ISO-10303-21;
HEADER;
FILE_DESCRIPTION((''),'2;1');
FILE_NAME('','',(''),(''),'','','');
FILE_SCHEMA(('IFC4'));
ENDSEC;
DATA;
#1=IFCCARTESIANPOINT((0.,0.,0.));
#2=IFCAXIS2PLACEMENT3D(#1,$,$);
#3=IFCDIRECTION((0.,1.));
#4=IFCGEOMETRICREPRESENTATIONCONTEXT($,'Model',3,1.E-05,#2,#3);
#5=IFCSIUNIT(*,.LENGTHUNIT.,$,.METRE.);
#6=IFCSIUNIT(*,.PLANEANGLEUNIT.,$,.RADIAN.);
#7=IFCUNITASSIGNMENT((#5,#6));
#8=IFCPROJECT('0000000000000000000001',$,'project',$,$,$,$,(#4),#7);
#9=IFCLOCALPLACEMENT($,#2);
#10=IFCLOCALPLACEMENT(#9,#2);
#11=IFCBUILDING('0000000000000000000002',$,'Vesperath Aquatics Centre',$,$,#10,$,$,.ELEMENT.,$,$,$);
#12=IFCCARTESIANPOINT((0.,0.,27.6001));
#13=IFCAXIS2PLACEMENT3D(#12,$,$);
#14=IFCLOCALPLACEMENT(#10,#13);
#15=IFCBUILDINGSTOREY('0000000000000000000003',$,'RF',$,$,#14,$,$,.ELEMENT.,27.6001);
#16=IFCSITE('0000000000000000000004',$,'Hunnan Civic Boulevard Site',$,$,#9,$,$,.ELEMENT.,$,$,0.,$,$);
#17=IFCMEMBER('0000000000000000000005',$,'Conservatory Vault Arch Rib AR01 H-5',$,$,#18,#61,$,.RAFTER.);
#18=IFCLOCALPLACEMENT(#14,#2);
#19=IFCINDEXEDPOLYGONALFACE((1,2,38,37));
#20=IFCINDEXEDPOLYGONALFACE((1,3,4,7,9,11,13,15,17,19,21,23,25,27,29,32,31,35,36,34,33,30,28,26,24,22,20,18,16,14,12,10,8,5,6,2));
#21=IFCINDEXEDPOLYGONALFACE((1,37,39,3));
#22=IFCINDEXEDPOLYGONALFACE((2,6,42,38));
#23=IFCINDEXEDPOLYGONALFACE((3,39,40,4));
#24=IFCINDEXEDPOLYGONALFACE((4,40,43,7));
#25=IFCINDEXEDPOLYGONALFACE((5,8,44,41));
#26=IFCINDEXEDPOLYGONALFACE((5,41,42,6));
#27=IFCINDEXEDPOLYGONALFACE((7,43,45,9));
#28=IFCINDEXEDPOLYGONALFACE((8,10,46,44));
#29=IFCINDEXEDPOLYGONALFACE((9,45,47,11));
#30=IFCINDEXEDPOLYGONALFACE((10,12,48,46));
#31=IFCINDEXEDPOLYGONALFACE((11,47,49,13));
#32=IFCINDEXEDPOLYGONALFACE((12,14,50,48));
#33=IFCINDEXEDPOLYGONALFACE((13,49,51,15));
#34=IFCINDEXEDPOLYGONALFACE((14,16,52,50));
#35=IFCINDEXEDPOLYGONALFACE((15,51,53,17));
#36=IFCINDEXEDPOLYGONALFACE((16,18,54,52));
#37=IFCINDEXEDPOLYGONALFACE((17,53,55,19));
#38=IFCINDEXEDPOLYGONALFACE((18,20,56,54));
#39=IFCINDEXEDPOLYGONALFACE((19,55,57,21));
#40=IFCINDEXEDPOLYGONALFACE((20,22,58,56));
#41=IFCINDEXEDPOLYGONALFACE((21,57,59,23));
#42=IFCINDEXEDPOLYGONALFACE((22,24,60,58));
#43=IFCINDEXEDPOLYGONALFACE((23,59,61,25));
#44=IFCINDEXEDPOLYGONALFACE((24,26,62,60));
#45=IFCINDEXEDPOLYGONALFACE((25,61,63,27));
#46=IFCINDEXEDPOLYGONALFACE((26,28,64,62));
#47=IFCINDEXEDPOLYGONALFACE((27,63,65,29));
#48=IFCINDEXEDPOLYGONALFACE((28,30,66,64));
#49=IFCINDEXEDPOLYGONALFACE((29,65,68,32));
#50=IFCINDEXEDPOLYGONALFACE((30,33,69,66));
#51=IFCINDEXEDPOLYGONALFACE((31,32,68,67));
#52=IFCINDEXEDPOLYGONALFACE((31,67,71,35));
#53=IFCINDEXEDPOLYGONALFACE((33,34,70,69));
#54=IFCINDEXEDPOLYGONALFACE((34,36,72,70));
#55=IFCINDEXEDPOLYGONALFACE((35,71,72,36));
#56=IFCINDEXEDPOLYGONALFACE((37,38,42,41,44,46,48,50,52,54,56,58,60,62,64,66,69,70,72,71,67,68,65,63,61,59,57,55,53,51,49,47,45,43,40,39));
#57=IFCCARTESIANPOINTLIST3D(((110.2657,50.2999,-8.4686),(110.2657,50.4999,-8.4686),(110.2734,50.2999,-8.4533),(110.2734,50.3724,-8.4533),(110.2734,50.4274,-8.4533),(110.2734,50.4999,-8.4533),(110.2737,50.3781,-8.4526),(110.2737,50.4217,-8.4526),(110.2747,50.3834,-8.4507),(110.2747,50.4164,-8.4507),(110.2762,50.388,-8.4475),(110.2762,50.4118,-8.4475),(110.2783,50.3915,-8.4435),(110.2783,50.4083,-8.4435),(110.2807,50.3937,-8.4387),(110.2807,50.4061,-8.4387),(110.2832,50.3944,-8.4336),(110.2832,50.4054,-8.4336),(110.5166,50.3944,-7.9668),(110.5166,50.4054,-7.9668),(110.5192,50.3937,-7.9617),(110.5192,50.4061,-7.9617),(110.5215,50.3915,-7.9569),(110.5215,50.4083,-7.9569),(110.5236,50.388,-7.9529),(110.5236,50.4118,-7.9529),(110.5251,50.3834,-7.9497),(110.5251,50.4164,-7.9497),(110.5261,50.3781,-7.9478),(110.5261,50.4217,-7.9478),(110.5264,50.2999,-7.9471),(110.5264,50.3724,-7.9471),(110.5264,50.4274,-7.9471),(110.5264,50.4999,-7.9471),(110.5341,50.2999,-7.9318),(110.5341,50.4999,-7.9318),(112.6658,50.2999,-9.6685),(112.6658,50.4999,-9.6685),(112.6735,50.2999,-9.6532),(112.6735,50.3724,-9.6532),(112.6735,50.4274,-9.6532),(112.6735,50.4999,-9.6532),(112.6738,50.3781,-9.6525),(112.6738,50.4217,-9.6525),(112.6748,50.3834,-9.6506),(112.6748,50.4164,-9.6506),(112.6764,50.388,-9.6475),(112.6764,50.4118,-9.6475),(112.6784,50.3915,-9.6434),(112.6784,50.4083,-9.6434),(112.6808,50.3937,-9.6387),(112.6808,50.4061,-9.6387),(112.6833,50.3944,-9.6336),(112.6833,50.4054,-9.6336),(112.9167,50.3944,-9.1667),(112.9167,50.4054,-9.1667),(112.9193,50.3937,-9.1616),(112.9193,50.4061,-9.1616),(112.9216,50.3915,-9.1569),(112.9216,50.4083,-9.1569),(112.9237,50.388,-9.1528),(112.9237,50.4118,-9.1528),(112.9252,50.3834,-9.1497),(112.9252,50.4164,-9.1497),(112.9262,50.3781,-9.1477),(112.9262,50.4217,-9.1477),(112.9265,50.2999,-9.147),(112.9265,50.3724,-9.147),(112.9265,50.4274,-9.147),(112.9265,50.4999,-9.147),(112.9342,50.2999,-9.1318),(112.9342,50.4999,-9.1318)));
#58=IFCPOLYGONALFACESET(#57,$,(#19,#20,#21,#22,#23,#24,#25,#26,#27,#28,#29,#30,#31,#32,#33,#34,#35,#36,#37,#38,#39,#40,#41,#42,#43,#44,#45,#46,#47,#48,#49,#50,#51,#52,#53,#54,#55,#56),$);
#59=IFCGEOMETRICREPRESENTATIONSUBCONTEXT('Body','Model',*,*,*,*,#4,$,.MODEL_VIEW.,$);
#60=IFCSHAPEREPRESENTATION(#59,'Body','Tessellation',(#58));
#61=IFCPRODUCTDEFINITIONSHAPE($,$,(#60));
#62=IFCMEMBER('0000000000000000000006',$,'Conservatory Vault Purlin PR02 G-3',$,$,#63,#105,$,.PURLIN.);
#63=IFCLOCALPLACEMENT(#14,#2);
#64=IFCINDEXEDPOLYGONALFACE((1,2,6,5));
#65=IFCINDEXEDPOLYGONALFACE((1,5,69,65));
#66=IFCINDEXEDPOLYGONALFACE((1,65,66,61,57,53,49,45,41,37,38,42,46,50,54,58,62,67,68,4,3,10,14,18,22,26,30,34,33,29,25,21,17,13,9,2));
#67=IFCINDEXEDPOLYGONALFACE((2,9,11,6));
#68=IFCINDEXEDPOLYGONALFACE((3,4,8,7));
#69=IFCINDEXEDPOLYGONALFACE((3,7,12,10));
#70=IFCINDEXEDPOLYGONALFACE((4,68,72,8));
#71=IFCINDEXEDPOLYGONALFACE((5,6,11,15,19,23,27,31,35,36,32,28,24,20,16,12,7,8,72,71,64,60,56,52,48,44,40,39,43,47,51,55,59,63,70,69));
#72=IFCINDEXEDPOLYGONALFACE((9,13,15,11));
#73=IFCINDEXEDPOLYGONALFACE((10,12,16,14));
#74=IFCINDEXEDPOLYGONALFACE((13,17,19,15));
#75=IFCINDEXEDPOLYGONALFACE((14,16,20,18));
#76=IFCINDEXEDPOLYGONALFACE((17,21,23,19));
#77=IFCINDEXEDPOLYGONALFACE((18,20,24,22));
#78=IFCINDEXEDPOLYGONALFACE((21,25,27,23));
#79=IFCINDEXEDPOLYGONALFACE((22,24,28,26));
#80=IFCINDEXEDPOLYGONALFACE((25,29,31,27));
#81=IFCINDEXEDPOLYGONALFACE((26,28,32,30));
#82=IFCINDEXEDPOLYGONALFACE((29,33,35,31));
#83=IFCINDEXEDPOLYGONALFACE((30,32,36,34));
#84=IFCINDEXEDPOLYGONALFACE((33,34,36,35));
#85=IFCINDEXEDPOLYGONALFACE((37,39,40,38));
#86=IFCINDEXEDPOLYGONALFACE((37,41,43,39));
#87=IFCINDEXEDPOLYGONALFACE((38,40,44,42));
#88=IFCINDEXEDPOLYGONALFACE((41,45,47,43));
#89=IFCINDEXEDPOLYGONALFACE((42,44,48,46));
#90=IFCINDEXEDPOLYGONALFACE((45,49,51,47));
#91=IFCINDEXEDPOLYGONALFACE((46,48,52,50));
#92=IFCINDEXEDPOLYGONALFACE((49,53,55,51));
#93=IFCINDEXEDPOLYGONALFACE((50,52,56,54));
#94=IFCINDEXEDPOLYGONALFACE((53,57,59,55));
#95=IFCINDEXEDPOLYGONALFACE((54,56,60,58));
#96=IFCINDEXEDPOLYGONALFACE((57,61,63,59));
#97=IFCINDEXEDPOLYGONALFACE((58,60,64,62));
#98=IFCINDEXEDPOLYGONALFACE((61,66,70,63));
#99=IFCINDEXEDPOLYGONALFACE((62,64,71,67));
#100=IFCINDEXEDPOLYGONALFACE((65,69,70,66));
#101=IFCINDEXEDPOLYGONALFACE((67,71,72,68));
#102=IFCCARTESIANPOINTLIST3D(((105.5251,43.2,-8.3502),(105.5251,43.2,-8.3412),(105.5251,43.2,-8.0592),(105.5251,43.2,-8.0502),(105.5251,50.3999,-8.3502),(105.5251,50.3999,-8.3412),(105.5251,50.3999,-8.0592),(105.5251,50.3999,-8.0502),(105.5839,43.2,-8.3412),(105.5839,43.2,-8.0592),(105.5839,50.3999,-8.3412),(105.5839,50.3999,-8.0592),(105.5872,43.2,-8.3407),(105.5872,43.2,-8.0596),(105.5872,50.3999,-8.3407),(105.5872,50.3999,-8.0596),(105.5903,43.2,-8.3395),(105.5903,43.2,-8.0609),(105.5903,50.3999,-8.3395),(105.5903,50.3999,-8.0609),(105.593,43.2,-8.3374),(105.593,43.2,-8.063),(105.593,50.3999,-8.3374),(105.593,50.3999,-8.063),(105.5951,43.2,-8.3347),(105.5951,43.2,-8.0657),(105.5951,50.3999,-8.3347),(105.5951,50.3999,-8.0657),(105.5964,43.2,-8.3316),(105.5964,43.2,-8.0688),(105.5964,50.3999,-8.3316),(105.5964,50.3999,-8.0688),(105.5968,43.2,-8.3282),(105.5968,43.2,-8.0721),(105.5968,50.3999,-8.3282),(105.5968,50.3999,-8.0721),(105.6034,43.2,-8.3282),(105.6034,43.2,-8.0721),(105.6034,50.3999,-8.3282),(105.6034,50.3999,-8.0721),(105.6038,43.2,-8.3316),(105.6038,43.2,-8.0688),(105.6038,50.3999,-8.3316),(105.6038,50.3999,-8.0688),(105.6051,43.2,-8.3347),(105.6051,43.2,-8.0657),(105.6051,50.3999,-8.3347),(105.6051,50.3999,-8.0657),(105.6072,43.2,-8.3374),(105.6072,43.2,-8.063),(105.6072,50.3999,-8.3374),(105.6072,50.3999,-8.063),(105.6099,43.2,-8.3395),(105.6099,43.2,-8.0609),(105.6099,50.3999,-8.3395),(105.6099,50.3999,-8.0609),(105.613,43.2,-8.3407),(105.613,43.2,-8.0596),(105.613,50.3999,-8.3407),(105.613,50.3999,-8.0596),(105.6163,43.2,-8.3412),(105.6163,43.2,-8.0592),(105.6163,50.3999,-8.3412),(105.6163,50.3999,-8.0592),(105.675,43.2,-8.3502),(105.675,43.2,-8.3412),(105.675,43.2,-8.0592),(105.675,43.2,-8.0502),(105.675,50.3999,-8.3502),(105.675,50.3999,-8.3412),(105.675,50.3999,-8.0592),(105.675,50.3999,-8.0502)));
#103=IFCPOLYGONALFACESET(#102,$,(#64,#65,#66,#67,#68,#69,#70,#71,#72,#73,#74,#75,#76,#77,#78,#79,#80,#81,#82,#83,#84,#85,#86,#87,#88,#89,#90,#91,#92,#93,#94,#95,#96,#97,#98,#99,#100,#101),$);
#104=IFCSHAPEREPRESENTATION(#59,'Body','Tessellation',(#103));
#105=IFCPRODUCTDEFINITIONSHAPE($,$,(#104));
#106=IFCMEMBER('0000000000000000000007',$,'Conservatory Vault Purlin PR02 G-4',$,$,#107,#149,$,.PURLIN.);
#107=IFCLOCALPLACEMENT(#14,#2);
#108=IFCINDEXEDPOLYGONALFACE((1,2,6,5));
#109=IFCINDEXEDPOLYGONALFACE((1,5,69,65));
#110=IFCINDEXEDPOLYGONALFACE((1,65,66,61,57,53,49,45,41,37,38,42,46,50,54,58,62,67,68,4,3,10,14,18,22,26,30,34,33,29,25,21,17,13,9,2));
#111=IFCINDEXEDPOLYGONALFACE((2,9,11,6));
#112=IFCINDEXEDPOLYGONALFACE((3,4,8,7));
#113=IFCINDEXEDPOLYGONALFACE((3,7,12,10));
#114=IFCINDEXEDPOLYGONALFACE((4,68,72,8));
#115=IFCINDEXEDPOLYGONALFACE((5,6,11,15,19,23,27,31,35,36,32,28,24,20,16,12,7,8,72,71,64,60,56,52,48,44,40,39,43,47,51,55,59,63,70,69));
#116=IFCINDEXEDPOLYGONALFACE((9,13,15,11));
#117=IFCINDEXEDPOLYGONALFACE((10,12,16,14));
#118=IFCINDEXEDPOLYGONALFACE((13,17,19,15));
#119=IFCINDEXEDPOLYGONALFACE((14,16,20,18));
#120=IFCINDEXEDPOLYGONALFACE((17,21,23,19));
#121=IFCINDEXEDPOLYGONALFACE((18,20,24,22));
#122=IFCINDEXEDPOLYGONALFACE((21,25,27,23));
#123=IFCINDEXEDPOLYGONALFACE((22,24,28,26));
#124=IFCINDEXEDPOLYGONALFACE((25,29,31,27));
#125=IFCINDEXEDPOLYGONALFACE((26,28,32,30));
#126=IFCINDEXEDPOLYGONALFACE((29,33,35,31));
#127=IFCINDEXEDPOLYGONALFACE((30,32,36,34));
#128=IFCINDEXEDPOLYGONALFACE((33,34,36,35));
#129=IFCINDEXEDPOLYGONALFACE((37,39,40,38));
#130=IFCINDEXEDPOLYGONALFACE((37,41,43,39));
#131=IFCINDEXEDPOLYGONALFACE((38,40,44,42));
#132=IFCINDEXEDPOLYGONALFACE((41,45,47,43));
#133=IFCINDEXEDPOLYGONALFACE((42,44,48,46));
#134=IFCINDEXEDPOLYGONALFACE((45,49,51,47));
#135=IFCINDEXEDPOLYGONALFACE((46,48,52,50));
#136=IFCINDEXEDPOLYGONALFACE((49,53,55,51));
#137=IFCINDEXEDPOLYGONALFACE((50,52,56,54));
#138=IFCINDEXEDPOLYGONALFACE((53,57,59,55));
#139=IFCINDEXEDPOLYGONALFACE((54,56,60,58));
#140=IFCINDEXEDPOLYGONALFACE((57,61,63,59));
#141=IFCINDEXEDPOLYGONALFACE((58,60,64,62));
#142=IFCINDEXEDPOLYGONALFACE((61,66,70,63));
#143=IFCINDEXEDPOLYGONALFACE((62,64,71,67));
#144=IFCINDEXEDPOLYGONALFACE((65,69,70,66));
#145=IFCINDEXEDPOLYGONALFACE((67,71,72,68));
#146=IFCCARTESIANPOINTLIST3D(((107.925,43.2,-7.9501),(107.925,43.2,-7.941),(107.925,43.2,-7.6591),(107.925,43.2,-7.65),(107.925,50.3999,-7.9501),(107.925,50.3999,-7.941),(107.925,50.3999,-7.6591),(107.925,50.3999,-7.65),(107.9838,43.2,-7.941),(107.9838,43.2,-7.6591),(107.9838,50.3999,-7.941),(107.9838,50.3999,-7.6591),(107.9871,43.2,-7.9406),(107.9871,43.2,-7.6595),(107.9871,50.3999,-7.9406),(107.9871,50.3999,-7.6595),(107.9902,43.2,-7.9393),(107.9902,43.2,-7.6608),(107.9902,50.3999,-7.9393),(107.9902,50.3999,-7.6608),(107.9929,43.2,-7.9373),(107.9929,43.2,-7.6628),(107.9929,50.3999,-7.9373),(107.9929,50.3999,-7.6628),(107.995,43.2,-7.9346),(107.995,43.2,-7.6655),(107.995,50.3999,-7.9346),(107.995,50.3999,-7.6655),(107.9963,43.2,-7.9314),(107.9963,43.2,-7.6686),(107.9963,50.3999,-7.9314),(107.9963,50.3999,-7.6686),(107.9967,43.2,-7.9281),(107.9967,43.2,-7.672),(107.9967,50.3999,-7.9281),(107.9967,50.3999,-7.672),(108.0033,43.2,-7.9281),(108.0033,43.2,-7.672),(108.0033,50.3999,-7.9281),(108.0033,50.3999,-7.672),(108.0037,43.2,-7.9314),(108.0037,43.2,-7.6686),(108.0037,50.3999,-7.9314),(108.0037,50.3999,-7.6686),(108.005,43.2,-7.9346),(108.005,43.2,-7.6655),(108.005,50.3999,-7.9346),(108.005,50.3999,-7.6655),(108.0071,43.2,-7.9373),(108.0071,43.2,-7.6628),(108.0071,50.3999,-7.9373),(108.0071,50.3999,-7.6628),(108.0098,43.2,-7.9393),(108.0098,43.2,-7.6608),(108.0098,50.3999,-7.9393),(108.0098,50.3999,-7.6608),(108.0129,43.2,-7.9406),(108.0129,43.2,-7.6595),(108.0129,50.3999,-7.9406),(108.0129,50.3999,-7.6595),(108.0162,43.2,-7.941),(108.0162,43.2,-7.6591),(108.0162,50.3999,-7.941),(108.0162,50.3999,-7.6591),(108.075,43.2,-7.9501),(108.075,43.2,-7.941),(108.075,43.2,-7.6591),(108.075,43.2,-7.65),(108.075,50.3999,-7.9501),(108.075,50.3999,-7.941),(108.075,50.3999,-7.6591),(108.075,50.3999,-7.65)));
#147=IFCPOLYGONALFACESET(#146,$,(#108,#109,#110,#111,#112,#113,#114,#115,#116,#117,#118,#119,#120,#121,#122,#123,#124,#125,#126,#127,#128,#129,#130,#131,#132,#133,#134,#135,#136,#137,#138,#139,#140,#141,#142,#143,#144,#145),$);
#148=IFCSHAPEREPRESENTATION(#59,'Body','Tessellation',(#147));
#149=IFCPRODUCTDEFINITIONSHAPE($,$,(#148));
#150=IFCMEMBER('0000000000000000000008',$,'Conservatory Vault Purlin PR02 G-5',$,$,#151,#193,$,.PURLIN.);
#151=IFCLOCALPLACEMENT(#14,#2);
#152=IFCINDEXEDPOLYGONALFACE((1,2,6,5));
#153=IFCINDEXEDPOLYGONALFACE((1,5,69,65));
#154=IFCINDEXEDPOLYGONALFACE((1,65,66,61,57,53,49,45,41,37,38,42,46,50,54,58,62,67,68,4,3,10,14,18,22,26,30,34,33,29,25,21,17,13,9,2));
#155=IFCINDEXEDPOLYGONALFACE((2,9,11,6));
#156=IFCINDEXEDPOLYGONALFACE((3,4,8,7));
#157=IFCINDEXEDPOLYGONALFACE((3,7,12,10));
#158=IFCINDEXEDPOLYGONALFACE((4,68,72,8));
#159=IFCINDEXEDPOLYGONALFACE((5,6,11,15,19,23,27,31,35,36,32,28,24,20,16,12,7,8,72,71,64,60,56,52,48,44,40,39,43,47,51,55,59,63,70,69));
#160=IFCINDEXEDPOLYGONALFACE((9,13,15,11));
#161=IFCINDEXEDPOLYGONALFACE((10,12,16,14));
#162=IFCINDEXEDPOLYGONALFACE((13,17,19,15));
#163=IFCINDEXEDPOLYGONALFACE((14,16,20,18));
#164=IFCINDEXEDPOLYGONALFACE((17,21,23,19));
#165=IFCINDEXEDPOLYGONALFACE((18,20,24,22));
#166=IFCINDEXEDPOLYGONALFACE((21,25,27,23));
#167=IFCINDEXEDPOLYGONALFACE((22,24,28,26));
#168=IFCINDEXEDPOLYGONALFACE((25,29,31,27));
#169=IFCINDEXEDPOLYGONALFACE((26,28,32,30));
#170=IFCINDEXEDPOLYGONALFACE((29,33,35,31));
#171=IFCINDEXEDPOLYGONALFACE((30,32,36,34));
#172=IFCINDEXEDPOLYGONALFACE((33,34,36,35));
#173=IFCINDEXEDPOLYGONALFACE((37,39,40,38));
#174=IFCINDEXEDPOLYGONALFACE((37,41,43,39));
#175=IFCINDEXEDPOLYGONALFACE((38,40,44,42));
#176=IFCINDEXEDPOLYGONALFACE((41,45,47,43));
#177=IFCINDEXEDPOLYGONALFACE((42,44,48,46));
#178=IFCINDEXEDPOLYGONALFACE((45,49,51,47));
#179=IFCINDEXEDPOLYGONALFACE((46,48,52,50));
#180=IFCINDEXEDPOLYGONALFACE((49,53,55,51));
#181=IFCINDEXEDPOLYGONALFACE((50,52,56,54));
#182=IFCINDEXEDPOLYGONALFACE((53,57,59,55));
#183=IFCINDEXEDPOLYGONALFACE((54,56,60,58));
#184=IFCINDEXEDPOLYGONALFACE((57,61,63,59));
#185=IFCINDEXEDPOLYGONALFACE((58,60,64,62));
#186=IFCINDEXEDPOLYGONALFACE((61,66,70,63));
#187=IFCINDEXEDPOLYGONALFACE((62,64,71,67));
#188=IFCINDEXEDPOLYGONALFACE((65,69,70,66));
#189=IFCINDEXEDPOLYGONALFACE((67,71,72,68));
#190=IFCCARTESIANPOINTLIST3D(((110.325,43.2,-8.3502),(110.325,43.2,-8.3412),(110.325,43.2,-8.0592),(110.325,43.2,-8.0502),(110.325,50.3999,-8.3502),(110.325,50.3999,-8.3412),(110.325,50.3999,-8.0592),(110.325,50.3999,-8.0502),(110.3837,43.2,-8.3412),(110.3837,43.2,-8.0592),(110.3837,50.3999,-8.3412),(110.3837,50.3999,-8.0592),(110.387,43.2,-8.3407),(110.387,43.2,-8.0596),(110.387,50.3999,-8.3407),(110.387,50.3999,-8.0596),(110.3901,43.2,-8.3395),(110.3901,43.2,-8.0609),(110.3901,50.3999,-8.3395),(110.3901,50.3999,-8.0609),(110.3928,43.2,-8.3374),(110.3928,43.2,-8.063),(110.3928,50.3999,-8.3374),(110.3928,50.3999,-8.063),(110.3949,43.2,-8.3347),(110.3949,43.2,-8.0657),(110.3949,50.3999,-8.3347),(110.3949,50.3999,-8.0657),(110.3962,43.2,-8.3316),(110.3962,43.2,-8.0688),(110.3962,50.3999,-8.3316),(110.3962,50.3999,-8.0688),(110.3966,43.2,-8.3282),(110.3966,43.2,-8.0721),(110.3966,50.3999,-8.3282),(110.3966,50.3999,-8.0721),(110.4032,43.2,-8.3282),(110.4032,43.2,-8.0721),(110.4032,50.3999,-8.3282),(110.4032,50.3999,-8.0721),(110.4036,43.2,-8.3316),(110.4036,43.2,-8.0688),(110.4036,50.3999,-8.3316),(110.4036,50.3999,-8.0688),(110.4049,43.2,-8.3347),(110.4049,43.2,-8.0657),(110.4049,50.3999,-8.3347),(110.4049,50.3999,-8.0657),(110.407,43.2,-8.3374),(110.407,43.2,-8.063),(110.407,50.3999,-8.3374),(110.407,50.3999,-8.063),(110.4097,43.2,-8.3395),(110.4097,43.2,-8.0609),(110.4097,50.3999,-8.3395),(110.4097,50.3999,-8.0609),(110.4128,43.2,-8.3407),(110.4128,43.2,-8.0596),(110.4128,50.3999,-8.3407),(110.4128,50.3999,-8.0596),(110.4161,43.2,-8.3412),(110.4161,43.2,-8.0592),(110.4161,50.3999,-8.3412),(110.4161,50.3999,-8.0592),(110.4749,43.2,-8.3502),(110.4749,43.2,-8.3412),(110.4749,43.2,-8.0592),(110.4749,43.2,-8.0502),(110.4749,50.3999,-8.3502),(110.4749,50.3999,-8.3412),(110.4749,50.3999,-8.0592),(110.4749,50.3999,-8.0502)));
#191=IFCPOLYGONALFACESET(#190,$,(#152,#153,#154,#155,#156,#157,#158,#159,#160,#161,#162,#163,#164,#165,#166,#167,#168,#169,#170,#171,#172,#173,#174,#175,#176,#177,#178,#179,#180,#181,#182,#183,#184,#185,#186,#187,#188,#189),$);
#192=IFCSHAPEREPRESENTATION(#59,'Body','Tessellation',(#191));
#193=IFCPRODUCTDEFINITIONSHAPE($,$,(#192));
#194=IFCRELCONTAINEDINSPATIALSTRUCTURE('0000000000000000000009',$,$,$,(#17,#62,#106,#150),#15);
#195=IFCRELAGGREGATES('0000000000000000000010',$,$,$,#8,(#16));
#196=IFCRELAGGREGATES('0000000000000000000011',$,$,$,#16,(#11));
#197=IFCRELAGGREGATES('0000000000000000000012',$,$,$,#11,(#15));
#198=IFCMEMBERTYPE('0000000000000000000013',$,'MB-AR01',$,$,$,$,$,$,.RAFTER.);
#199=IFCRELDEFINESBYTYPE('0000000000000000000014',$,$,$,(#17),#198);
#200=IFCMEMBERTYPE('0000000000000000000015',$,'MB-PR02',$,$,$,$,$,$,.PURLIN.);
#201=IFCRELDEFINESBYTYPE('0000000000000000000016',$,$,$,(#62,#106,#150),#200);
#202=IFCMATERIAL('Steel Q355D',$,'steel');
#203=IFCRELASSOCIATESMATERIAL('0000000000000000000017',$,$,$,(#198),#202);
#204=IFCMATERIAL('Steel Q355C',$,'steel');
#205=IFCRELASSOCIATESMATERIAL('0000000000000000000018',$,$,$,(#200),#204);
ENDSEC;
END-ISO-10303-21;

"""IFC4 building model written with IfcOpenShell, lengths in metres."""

from ifc_helpers import new_model, si_unit, direction, frame, origin, origin_2d, place, context, subcontext, project, spatial, i_section, extrude, material, material_profile, profile_set, type_object, element, save


model = new_model("IFC4")

# Units and contexts
model_context = context("Model", 3, precision=1e-05, world=origin(), true_north=direction((0.0, 1.0)))
body_context = subcontext(model_context, "Body", "Model", "MODEL_VIEW")
ifc_project = project(units=[si_unit("LENGTHUNIT", "METRE"), si_unit("PLANEANGLEUNIT", "RADIAN")], contexts=[model_context])

# Site, building, storey
site_placement = place(None, origin())
site = spatial("IfcSite", under=ifc_project, at=site_placement, Name="Hunnan Civic Boulevard Site", CompositionType="ELEMENT", RefElevation=0.0)
building_placement = place(site_placement, origin())
building = spatial("IfcBuilding", under=site, at=building_placement, Name="Vesperath Aquatics Centre", CompositionType="ELEMENT")
storey_placement = place(building_placement, frame((0.0, 0.0, 27.6001)))
storey = spatial("IfcBuildingStorey", under=building, at=storey_placement, Name="RF", CompositionType="ELEMENT", Elevation=27.6001)

# Members
ifc_material_1 = material(Name="Steel Q355D", Category="steel")
ifc_material_profile_1 = material_profile(ifc_material_1, i_section(OverallWidth=0.2, OverallDepth=0.6001, WebThickness=0.011, FlangeThickness=0.0171, FilletRadius=0.022, at=origin_2d()), Name="HN 600x200x11x17")
ifc_profile_set_1 = profile_set([ifc_material_profile_1], Name="Steel Q355D")
member_type_1 = type_object("IfcMemberType", Name="MB-AR01", PredefinedType="RAFTER", material=ifc_profile_set_1)
member_1_placement = place(storey_placement, frame((110.3999, 50.3999, -8.2002), z_axis=(0.894445, 0.0, -0.447177), x_axis=(0.0, 1.0, 0.0)))
element("IfcMember", 1, at=member_1_placement, inside=storey, type_object=member_type_1, Name="Conservatory Vault Arch Rib AR01 H-5", PredefinedType="RAFTER", context=body_context, shape_type="SweptSolid", body=[
    extrude(i_section(OverallWidth=0.2, OverallDepth=0.6001, WebThickness=0.011, FlangeThickness=0.0171, FilletRadius=0.022, at=origin_2d()), origin(), (0.0, 0.0, 1.0), 2.6833),
])
ifc_material_2 = material(Name="Steel Q355C", Category="steel")
ifc_material_profile_2 = material_profile(ifc_material_2, i_section(OverallWidth=0.1499, OverallDepth=0.3, WebThickness=0.0066, FlangeThickness=0.009, FilletRadius=0.0129, at=origin_2d()), Name="HN 300x150x6.5x9")
ifc_profile_set_2 = profile_set([ifc_material_profile_2], Name="Steel Q355C")
member_type_2 = type_object("IfcMemberType", Name="MB-PR02", PredefinedType="PURLIN", material=ifc_profile_set_2)
for number, where, z_axis, x_axis, name in (
    (2, (105.6001, 43.2, -8.2002), (0.0, 1.0, 0.0), (-1.0, 0.0, 0.0), "Conservatory Vault Purlin PR02 G-3"),
    (3, (108.0, 43.2, -7.8), (0.0, 1.0, 0.0), (-1.0, 0.0, 0.0), "Conservatory Vault Purlin PR02 G-4"),
    (4, (110.3999, 43.2, -8.2002), (0.0, 1.0, 0.0), (-1.0, 0.0, 0.0), "Conservatory Vault Purlin PR02 G-5"),
):
    element("IfcMember", number, at=place(storey_placement, frame(where, z_axis=z_axis, x_axis=x_axis)), inside=storey, type_object=member_type_2, Name=name, PredefinedType="PURLIN", context=body_context, shape_type="SweptSolid", body=[
        extrude(i_section(OverallWidth=0.1499, OverallDepth=0.3, WebThickness=0.0066, FlangeThickness=0.009, FilletRadius=0.0129, at=origin_2d()), origin(), (0.0, 0.0, 1.0), 7.2),
    ])

save(model, "model.ifc")
